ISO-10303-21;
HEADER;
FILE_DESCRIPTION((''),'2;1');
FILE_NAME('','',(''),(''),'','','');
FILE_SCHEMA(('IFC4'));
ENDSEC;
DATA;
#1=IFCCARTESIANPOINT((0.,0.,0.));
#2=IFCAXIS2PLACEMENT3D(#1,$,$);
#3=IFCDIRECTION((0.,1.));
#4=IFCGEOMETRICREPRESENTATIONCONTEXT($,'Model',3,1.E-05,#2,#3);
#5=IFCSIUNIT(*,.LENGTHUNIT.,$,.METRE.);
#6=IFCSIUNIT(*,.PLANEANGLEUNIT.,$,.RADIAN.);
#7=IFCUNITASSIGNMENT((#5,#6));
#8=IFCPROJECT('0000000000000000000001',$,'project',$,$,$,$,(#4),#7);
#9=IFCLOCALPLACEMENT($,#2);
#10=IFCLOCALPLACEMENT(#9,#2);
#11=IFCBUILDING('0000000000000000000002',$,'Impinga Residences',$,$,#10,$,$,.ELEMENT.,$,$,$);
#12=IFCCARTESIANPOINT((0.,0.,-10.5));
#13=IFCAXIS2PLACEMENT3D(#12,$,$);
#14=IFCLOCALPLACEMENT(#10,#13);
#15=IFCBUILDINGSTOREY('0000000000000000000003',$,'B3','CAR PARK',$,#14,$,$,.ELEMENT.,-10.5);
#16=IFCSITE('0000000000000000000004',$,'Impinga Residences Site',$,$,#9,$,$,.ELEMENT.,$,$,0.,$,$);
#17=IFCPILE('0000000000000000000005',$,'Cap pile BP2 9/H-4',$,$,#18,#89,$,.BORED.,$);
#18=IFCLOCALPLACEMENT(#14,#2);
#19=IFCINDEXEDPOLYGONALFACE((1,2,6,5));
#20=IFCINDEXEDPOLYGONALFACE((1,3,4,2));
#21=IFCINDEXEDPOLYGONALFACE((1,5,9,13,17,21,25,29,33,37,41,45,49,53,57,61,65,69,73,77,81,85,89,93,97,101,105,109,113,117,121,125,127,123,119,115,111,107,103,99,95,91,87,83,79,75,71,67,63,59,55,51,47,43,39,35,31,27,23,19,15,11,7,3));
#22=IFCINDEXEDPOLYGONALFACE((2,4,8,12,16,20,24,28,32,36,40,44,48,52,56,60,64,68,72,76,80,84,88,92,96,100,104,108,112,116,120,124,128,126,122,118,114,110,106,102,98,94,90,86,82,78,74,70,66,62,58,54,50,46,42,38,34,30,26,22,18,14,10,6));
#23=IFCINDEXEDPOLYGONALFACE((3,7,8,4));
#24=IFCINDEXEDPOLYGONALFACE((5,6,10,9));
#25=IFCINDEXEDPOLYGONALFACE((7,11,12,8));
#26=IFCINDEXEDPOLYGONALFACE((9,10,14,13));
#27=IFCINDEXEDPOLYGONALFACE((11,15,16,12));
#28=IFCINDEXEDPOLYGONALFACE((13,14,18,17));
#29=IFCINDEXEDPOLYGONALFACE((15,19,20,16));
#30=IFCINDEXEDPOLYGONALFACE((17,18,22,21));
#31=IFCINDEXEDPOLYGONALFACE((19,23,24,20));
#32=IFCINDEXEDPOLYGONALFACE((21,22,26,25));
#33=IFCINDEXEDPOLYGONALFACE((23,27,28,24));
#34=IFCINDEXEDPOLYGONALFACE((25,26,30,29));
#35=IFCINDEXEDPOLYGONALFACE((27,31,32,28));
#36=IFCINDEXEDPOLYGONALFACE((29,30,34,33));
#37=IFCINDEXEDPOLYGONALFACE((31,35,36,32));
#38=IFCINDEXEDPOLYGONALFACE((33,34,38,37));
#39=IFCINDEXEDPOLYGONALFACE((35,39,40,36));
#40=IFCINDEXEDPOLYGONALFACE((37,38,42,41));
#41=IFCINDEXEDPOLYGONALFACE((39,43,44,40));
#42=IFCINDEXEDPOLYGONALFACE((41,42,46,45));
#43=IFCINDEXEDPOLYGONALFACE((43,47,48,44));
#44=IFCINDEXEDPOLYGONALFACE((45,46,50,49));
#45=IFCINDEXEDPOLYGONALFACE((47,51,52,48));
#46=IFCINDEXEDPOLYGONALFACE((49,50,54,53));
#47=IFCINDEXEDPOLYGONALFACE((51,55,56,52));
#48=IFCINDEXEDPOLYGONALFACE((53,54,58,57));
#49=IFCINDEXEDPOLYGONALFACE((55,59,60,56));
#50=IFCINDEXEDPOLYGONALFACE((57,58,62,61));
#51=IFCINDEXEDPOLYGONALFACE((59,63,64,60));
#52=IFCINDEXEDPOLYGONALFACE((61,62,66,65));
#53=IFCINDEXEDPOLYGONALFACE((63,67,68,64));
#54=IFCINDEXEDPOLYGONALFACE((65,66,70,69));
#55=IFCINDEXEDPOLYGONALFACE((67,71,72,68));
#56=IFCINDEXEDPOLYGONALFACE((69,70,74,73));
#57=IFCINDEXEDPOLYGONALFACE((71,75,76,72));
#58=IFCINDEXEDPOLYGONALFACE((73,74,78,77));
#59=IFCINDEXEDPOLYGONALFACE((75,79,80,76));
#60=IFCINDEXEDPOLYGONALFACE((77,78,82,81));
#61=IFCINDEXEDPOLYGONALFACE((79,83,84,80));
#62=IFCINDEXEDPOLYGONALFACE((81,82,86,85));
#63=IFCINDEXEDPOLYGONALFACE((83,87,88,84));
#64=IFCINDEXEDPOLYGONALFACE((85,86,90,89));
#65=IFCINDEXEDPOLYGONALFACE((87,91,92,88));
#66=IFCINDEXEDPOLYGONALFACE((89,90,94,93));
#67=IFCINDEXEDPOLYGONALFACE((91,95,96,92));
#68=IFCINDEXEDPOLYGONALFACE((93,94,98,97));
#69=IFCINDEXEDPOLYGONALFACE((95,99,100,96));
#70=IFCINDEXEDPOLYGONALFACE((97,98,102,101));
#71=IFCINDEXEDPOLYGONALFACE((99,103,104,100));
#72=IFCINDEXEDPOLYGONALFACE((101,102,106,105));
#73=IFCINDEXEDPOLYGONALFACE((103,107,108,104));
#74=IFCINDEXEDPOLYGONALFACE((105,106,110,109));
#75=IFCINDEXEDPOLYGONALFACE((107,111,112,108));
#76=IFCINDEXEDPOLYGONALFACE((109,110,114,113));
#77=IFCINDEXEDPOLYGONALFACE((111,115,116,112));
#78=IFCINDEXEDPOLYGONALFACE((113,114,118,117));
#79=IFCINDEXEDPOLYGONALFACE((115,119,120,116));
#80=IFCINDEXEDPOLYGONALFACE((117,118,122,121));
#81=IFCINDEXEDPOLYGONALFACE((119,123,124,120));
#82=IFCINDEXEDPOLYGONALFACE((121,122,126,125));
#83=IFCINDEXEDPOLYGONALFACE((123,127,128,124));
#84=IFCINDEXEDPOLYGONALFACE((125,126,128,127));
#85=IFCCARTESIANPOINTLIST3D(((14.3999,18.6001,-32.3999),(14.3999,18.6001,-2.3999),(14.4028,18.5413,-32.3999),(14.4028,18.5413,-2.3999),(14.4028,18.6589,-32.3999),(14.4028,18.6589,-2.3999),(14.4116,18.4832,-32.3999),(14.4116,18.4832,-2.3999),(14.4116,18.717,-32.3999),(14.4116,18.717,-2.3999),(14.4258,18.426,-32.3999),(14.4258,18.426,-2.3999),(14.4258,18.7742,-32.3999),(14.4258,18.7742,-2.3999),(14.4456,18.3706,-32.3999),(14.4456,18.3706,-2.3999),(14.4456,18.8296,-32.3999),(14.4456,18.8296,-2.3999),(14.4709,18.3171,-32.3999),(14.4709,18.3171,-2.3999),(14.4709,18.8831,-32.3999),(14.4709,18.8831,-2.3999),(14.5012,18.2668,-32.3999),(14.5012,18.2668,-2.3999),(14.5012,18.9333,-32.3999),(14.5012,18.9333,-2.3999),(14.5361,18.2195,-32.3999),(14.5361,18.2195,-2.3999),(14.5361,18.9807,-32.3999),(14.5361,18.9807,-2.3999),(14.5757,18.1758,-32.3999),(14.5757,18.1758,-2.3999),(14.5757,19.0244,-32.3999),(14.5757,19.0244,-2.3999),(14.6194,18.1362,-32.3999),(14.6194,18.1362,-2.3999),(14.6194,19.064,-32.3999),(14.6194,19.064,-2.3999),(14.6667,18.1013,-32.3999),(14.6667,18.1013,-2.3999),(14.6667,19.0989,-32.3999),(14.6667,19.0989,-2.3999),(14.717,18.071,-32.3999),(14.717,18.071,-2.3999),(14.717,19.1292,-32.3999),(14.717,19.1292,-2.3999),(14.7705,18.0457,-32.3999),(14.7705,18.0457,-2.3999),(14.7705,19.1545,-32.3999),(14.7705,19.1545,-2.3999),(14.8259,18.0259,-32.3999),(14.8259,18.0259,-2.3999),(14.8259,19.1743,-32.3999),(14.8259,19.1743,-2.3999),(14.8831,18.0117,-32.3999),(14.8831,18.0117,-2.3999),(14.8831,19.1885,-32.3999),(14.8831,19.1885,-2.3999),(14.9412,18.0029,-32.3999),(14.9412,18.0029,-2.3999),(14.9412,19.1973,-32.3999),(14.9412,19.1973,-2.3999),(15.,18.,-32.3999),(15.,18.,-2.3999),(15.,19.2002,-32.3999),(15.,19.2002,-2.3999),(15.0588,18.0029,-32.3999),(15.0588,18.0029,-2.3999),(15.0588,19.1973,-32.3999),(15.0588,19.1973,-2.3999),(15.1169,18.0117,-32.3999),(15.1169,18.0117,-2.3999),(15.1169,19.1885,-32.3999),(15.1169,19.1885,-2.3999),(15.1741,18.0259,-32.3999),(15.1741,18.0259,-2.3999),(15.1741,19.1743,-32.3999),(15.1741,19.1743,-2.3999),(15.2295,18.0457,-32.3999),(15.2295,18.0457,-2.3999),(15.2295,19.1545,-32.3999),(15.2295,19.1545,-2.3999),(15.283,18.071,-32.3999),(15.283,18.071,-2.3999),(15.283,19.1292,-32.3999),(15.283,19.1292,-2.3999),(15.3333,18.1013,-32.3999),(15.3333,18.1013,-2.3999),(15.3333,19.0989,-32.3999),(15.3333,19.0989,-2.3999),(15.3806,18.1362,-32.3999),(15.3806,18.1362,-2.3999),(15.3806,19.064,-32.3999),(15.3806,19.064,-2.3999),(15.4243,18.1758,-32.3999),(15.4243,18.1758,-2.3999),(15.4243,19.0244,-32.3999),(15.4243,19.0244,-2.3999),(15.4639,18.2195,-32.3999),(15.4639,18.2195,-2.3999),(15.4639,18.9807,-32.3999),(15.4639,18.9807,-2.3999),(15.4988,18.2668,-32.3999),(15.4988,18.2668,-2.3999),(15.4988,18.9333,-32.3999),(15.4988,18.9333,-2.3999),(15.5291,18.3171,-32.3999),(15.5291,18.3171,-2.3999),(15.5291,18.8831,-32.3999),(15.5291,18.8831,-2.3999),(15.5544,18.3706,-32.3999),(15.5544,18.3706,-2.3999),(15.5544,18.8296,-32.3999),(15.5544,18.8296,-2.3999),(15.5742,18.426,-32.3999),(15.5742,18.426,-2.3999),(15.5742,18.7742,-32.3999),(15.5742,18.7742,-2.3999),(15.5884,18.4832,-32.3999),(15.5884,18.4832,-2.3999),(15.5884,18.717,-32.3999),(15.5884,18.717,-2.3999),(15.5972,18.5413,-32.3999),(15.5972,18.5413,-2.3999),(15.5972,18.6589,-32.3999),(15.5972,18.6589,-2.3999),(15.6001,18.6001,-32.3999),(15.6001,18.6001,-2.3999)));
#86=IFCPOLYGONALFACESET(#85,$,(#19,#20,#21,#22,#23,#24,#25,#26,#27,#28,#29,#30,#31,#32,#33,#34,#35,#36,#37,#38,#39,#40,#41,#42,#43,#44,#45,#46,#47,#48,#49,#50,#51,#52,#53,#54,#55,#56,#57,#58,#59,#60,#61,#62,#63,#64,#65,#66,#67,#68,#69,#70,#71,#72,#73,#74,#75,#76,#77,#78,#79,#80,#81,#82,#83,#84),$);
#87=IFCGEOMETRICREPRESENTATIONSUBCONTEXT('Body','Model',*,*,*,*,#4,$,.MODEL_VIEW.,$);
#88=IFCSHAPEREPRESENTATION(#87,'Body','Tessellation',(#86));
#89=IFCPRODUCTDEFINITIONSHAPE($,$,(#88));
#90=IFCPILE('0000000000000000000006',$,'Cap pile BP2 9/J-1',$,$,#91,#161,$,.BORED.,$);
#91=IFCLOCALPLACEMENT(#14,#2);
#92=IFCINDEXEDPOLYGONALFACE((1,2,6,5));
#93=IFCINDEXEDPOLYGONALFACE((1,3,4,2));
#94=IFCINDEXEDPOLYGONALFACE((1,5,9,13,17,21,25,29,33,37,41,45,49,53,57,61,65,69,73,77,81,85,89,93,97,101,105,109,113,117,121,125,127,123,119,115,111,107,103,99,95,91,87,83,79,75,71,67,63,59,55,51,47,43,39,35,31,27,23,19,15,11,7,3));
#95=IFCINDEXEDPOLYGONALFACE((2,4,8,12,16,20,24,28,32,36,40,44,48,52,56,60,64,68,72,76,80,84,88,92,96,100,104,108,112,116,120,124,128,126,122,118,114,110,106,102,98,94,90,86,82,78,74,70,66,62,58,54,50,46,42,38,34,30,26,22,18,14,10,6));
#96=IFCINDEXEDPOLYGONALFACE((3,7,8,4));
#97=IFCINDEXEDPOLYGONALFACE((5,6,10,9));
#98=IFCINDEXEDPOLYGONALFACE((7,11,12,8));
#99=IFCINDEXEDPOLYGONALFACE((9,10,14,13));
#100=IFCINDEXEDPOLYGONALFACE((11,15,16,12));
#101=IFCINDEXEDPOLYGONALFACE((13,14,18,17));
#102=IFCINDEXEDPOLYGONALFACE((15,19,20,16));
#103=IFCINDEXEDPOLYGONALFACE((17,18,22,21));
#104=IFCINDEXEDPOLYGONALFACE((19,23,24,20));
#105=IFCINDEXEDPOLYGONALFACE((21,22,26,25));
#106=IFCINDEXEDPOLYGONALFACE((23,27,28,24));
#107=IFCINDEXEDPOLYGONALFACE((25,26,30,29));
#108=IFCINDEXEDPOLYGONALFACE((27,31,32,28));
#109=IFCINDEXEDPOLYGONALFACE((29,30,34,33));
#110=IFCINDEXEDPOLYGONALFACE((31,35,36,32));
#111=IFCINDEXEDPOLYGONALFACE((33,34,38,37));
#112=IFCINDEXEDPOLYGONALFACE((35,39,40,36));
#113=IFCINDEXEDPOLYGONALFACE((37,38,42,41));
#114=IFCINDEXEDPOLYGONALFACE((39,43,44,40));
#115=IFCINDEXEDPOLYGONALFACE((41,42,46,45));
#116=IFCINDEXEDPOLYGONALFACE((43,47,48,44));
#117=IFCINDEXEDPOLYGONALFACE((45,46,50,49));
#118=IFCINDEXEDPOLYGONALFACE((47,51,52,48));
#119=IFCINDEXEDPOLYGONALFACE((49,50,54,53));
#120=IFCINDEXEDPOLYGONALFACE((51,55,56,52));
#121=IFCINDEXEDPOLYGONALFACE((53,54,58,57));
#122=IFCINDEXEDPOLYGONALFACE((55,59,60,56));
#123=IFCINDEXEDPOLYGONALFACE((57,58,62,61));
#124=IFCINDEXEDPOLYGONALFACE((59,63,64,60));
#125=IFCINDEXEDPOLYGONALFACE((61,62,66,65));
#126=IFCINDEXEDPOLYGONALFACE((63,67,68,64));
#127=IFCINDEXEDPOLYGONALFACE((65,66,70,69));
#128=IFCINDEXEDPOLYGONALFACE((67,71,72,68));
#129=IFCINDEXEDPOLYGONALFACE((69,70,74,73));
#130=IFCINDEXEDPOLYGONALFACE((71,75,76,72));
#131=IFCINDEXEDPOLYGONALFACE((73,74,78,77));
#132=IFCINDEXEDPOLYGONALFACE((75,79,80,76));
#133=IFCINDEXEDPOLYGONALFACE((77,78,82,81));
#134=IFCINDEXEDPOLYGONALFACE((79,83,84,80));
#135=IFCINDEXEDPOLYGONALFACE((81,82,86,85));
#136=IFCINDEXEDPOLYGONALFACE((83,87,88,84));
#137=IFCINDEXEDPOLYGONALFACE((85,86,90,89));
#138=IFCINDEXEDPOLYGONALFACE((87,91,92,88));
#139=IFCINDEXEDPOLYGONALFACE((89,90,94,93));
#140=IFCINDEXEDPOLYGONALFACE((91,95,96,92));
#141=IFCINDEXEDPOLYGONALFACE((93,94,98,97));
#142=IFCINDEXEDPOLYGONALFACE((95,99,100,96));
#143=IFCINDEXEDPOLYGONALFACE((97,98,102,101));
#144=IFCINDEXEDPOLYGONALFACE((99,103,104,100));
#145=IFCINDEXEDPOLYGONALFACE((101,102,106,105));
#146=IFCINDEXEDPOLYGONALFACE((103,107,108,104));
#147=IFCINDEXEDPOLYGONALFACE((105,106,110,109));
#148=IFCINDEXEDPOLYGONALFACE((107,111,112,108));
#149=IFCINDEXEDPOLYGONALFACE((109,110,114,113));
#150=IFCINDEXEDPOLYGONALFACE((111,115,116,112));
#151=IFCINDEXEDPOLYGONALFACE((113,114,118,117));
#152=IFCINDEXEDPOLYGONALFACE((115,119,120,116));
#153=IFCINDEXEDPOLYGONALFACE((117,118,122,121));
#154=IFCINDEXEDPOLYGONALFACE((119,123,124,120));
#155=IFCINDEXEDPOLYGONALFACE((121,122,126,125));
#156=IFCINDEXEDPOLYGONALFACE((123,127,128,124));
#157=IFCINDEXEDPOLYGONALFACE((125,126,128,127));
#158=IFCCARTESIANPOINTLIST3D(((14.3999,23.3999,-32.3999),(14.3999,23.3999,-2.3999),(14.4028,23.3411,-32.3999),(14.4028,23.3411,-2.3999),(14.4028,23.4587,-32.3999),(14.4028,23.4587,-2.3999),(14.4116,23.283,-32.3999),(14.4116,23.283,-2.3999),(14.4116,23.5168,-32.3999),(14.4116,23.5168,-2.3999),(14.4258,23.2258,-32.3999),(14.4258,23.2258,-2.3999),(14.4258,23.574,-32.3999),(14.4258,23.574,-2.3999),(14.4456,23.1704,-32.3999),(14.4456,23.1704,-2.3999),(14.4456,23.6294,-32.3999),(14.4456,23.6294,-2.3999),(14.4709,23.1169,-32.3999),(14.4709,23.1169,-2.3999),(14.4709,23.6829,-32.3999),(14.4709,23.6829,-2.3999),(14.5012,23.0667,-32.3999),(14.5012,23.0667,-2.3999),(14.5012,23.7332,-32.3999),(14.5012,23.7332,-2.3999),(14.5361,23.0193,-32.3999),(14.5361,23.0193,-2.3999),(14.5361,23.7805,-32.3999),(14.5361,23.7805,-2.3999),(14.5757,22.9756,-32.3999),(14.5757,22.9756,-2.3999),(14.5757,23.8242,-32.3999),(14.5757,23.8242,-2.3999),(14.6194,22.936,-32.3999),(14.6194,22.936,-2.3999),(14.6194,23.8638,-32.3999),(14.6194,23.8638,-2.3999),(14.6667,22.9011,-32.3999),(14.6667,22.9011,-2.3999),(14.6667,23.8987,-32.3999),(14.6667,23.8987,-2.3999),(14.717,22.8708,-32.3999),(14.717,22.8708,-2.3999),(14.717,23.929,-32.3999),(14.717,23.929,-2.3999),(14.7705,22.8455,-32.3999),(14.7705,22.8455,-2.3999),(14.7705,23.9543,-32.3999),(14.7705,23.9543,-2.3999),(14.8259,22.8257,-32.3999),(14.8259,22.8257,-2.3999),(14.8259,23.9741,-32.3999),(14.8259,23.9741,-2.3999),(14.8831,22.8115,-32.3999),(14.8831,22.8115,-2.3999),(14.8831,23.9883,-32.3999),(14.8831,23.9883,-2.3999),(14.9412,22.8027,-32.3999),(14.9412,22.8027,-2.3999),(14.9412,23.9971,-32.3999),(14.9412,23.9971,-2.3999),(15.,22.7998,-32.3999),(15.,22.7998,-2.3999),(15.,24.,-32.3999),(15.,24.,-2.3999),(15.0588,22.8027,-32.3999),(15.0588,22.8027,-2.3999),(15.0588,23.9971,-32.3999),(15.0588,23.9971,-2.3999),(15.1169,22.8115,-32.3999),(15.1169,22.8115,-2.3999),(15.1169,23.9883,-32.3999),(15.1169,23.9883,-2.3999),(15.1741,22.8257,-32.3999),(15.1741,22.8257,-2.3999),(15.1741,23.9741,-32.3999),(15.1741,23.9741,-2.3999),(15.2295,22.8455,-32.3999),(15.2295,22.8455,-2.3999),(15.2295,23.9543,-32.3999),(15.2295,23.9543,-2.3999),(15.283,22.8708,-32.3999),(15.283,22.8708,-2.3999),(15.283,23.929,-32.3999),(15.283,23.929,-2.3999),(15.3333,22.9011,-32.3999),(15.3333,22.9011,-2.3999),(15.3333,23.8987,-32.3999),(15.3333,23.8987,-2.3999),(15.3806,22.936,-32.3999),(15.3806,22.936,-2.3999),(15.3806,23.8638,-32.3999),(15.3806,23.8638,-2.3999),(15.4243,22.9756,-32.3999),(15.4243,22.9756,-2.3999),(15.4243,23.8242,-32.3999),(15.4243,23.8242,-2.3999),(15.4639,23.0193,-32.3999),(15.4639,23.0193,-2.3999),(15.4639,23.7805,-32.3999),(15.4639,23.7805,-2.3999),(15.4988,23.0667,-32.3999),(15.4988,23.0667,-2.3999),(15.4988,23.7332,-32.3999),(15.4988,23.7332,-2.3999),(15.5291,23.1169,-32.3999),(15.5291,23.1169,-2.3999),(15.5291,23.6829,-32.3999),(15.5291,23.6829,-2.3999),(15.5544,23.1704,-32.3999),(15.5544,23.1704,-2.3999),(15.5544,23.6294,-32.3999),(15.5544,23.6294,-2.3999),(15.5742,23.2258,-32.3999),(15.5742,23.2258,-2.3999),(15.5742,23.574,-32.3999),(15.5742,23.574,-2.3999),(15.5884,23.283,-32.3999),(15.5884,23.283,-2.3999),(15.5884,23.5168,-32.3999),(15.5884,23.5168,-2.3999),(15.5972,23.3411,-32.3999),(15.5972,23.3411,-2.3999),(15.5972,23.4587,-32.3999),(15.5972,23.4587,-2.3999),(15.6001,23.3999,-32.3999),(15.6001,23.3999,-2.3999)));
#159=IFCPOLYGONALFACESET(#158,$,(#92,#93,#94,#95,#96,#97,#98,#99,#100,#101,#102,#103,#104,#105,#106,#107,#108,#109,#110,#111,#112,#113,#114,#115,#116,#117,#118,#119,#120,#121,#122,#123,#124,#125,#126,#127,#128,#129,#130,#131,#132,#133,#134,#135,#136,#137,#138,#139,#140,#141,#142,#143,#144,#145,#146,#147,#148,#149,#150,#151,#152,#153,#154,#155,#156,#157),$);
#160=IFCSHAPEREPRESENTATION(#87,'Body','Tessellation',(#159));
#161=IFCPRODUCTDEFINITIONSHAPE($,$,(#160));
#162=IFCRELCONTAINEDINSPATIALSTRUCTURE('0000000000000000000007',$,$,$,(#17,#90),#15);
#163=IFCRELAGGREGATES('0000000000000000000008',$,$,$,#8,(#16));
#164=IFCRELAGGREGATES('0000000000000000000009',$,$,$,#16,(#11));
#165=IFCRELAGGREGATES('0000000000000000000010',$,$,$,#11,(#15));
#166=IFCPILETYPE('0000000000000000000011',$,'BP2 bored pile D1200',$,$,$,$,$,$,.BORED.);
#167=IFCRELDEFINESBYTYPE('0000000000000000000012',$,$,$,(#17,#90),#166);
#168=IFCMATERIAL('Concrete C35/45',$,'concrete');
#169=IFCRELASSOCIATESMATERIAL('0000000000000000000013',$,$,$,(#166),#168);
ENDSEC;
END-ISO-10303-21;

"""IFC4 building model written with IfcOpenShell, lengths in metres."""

from ifc_helpers import new_model, si_unit, direction, frame, origin, origin_2d, place, context, subcontext, project, spatial, polyline, circle, outline, extrude, material, material_profile, profile_set, type_object, element, save


model = new_model("IFC4")

# Units and contexts
model_context = context("Model", 3, precision=1e-05, world=origin(), true_north=direction((0.0, 1.0)))
body_context = subcontext(model_context, "Body", "Model", "MODEL_VIEW")
ifc_project = project(units=[si_unit("LENGTHUNIT", "METRE"), si_unit("PLANEANGLEUNIT", "RADIAN")], contexts=[model_context])

# Site, building, storey
site_placement = place(None, origin())
site = spatial("IfcSite", under=ifc_project, at=site_placement, Name="Impinga Residences Site", CompositionType="ELEMENT", RefElevation=0.0)
building_placement = place(site_placement, origin())
building = spatial("IfcBuilding", under=site, at=building_placement, Name="Impinga Residences", CompositionType="ELEMENT")
storey_placement = place(building_placement, frame((0.0, 0.0, -10.5)))
storey = spatial("IfcBuildingStorey", under=building, at=storey_placement, Name="B3", Description="CAR PARK", CompositionType="ELEMENT", Elevation=-10.5)

# Piles
ifc_material_1 = material(Name="Concrete C35/45", Category="concrete")
ifc_material_profile_1 = material_profile(ifc_material_1, circle(Radius=0.6001, at=origin_2d()), Name="D1200")
ifc_profile_set_1 = profile_set([ifc_material_profile_1], Name="Concrete C35/45")
pile_type_1 = type_object("IfcPileType", Name="BP2 bored pile D1200", PredefinedType="BORED", material=ifc_profile_set_1)
pile_1_placement = place(storey_placement, frame((15.0, 18.6001, -2.3999), z_axis=(0.0, 0.0, -1.0), x_axis=(1.0, 0.0, 0.0)))
element("IfcPile", 1, at=pile_1_placement, inside=storey, type_object=pile_type_1, Name="Cap pile BP2 9/H-4", PredefinedType="BORED", context=body_context, shape_type="SweptSolid", body=[
    extrude(outline(polyline([(0.6001, 0.0), (0.5972, 0.0588), (0.5884, 0.1169), (0.5742, 0.1741), (0.5544, 0.2295), (0.5291, 0.283), (0.4988, 0.3333), (0.4639, 0.3806), (0.4243, 0.4243), (0.3806, 0.4639), (0.3333, 0.4988), (0.283, 0.5291), (0.2295, 0.5544), (0.1741, 0.5742), (0.1169, 0.5884), (0.0588, 0.5972), (0.0, 0.6001), (-0.0588, 0.5972), (-0.1169, 0.5884), (-0.1741, 0.5742), (-0.2295, 0.5544), (-0.283, 0.5291), (-0.3333, 0.4988), (-0.3806, 0.4639), (-0.4243, 0.4243), (-0.4639, 0.3806), (-0.4988, 0.3333), (-0.5291, 0.283), (-0.5544, 0.2295), (-0.5742, 0.1741), (-0.5884, 0.1169), (-0.5972, 0.0588), (-0.6001, 0.0), (-0.5972, -0.0588), (-0.5884, -0.1169), (-0.5742, -0.1741), (-0.5544, -0.2295), (-0.5291, -0.283), (-0.4988, -0.3333), (-0.4639, -0.3806), (-0.4243, -0.4243), (-0.3806, -0.4639), (-0.3333, -0.4988), (-0.283, -0.5291), (-0.2295, -0.5544), (-0.1741, -0.5742), (-0.1169, -0.5884), (-0.0588, -0.5972), (0.0, -0.6001), (0.0588, -0.5972), (0.1169, -0.5884), (0.1741, -0.5742), (0.2295, -0.5544), (0.283, -0.5291), (0.3333, -0.4988), (0.3806, -0.4639), (0.4243, -0.4243), (0.4639, -0.3806), (0.4988, -0.3333), (0.5291, -0.283), (0.5544, -0.2295), (0.5742, -0.1741), (0.5884, -0.1169), (0.5972, -0.0588), (0.6001, 0.0)])), origin(), (0.0, 0.0, 1.0), 30.0),
])
pile_2_placement = place(storey_placement, frame((15.0, 23.3999, -2.3999), z_axis=(0.0, 0.0, -1.0), x_axis=(1.0, 0.0, 0.0)))
element("IfcPile", 2, at=pile_2_placement, inside=storey, type_object=pile_type_1, Name="Cap pile BP2 9/J-1", PredefinedType="BORED", context=body_context, shape_type="SweptSolid", body=[
    extrude(outline(polyline([(0.6001, 0.0), (0.5972, 0.0588), (0.5884, 0.1169), (0.5742, 0.1741), (0.5544, 0.2295), (0.5291, 0.283), (0.4988, 0.3333), (0.4639, 0.3806), (0.4243, 0.4243), (0.3806, 0.4639), (0.3333, 0.4988), (0.283, 0.5291), (0.2295, 0.5544), (0.1741, 0.5742), (0.1169, 0.5884), (0.0588, 0.5972), (0.0, 0.6001), (-0.0588, 0.5972), (-0.1169, 0.5884), (-0.1741, 0.5742), (-0.2295, 0.5544), (-0.283, 0.5291), (-0.3333, 0.4988), (-0.3806, 0.4639), (-0.4243, 0.4243), (-0.4639, 0.3806), (-0.4988, 0.3333), (-0.5291, 0.283), (-0.5544, 0.2295), (-0.5742, 0.1741), (-0.5884, 0.1169), (-0.5972, 0.0588), (-0.6001, 0.0), (-0.5972, -0.0588), (-0.5884, -0.1169), (-0.5742, -0.1741), (-0.5544, -0.2295), (-0.5291, -0.283), (-0.4988, -0.3333), (-0.4639, -0.3806), (-0.4243, -0.4243), (-0.3806, -0.4639), (-0.3333, -0.4988), (-0.283, -0.5291), (-0.2295, -0.5544), (-0.1741, -0.5742), (-0.1169, -0.5884), (-0.0588, -0.5972), (0.0, -0.6001), (0.0588, -0.5972), (0.1169, -0.5884), (0.1741, -0.5742), (0.2295, -0.5544), (0.283, -0.5291), (0.3333, -0.4988), (0.3806, -0.4639), (0.4243, -0.4243), (0.4639, -0.3806), (0.4988, -0.3333), (0.5291, -0.283), (0.5544, -0.2295), (0.5742, -0.1741), (0.5884, -0.1169), (0.5972, -0.0588), (0.6001, 0.0)])), origin(), (0.0, 0.0, 1.0), 30.0),
])

save(model, "model.ifc")
